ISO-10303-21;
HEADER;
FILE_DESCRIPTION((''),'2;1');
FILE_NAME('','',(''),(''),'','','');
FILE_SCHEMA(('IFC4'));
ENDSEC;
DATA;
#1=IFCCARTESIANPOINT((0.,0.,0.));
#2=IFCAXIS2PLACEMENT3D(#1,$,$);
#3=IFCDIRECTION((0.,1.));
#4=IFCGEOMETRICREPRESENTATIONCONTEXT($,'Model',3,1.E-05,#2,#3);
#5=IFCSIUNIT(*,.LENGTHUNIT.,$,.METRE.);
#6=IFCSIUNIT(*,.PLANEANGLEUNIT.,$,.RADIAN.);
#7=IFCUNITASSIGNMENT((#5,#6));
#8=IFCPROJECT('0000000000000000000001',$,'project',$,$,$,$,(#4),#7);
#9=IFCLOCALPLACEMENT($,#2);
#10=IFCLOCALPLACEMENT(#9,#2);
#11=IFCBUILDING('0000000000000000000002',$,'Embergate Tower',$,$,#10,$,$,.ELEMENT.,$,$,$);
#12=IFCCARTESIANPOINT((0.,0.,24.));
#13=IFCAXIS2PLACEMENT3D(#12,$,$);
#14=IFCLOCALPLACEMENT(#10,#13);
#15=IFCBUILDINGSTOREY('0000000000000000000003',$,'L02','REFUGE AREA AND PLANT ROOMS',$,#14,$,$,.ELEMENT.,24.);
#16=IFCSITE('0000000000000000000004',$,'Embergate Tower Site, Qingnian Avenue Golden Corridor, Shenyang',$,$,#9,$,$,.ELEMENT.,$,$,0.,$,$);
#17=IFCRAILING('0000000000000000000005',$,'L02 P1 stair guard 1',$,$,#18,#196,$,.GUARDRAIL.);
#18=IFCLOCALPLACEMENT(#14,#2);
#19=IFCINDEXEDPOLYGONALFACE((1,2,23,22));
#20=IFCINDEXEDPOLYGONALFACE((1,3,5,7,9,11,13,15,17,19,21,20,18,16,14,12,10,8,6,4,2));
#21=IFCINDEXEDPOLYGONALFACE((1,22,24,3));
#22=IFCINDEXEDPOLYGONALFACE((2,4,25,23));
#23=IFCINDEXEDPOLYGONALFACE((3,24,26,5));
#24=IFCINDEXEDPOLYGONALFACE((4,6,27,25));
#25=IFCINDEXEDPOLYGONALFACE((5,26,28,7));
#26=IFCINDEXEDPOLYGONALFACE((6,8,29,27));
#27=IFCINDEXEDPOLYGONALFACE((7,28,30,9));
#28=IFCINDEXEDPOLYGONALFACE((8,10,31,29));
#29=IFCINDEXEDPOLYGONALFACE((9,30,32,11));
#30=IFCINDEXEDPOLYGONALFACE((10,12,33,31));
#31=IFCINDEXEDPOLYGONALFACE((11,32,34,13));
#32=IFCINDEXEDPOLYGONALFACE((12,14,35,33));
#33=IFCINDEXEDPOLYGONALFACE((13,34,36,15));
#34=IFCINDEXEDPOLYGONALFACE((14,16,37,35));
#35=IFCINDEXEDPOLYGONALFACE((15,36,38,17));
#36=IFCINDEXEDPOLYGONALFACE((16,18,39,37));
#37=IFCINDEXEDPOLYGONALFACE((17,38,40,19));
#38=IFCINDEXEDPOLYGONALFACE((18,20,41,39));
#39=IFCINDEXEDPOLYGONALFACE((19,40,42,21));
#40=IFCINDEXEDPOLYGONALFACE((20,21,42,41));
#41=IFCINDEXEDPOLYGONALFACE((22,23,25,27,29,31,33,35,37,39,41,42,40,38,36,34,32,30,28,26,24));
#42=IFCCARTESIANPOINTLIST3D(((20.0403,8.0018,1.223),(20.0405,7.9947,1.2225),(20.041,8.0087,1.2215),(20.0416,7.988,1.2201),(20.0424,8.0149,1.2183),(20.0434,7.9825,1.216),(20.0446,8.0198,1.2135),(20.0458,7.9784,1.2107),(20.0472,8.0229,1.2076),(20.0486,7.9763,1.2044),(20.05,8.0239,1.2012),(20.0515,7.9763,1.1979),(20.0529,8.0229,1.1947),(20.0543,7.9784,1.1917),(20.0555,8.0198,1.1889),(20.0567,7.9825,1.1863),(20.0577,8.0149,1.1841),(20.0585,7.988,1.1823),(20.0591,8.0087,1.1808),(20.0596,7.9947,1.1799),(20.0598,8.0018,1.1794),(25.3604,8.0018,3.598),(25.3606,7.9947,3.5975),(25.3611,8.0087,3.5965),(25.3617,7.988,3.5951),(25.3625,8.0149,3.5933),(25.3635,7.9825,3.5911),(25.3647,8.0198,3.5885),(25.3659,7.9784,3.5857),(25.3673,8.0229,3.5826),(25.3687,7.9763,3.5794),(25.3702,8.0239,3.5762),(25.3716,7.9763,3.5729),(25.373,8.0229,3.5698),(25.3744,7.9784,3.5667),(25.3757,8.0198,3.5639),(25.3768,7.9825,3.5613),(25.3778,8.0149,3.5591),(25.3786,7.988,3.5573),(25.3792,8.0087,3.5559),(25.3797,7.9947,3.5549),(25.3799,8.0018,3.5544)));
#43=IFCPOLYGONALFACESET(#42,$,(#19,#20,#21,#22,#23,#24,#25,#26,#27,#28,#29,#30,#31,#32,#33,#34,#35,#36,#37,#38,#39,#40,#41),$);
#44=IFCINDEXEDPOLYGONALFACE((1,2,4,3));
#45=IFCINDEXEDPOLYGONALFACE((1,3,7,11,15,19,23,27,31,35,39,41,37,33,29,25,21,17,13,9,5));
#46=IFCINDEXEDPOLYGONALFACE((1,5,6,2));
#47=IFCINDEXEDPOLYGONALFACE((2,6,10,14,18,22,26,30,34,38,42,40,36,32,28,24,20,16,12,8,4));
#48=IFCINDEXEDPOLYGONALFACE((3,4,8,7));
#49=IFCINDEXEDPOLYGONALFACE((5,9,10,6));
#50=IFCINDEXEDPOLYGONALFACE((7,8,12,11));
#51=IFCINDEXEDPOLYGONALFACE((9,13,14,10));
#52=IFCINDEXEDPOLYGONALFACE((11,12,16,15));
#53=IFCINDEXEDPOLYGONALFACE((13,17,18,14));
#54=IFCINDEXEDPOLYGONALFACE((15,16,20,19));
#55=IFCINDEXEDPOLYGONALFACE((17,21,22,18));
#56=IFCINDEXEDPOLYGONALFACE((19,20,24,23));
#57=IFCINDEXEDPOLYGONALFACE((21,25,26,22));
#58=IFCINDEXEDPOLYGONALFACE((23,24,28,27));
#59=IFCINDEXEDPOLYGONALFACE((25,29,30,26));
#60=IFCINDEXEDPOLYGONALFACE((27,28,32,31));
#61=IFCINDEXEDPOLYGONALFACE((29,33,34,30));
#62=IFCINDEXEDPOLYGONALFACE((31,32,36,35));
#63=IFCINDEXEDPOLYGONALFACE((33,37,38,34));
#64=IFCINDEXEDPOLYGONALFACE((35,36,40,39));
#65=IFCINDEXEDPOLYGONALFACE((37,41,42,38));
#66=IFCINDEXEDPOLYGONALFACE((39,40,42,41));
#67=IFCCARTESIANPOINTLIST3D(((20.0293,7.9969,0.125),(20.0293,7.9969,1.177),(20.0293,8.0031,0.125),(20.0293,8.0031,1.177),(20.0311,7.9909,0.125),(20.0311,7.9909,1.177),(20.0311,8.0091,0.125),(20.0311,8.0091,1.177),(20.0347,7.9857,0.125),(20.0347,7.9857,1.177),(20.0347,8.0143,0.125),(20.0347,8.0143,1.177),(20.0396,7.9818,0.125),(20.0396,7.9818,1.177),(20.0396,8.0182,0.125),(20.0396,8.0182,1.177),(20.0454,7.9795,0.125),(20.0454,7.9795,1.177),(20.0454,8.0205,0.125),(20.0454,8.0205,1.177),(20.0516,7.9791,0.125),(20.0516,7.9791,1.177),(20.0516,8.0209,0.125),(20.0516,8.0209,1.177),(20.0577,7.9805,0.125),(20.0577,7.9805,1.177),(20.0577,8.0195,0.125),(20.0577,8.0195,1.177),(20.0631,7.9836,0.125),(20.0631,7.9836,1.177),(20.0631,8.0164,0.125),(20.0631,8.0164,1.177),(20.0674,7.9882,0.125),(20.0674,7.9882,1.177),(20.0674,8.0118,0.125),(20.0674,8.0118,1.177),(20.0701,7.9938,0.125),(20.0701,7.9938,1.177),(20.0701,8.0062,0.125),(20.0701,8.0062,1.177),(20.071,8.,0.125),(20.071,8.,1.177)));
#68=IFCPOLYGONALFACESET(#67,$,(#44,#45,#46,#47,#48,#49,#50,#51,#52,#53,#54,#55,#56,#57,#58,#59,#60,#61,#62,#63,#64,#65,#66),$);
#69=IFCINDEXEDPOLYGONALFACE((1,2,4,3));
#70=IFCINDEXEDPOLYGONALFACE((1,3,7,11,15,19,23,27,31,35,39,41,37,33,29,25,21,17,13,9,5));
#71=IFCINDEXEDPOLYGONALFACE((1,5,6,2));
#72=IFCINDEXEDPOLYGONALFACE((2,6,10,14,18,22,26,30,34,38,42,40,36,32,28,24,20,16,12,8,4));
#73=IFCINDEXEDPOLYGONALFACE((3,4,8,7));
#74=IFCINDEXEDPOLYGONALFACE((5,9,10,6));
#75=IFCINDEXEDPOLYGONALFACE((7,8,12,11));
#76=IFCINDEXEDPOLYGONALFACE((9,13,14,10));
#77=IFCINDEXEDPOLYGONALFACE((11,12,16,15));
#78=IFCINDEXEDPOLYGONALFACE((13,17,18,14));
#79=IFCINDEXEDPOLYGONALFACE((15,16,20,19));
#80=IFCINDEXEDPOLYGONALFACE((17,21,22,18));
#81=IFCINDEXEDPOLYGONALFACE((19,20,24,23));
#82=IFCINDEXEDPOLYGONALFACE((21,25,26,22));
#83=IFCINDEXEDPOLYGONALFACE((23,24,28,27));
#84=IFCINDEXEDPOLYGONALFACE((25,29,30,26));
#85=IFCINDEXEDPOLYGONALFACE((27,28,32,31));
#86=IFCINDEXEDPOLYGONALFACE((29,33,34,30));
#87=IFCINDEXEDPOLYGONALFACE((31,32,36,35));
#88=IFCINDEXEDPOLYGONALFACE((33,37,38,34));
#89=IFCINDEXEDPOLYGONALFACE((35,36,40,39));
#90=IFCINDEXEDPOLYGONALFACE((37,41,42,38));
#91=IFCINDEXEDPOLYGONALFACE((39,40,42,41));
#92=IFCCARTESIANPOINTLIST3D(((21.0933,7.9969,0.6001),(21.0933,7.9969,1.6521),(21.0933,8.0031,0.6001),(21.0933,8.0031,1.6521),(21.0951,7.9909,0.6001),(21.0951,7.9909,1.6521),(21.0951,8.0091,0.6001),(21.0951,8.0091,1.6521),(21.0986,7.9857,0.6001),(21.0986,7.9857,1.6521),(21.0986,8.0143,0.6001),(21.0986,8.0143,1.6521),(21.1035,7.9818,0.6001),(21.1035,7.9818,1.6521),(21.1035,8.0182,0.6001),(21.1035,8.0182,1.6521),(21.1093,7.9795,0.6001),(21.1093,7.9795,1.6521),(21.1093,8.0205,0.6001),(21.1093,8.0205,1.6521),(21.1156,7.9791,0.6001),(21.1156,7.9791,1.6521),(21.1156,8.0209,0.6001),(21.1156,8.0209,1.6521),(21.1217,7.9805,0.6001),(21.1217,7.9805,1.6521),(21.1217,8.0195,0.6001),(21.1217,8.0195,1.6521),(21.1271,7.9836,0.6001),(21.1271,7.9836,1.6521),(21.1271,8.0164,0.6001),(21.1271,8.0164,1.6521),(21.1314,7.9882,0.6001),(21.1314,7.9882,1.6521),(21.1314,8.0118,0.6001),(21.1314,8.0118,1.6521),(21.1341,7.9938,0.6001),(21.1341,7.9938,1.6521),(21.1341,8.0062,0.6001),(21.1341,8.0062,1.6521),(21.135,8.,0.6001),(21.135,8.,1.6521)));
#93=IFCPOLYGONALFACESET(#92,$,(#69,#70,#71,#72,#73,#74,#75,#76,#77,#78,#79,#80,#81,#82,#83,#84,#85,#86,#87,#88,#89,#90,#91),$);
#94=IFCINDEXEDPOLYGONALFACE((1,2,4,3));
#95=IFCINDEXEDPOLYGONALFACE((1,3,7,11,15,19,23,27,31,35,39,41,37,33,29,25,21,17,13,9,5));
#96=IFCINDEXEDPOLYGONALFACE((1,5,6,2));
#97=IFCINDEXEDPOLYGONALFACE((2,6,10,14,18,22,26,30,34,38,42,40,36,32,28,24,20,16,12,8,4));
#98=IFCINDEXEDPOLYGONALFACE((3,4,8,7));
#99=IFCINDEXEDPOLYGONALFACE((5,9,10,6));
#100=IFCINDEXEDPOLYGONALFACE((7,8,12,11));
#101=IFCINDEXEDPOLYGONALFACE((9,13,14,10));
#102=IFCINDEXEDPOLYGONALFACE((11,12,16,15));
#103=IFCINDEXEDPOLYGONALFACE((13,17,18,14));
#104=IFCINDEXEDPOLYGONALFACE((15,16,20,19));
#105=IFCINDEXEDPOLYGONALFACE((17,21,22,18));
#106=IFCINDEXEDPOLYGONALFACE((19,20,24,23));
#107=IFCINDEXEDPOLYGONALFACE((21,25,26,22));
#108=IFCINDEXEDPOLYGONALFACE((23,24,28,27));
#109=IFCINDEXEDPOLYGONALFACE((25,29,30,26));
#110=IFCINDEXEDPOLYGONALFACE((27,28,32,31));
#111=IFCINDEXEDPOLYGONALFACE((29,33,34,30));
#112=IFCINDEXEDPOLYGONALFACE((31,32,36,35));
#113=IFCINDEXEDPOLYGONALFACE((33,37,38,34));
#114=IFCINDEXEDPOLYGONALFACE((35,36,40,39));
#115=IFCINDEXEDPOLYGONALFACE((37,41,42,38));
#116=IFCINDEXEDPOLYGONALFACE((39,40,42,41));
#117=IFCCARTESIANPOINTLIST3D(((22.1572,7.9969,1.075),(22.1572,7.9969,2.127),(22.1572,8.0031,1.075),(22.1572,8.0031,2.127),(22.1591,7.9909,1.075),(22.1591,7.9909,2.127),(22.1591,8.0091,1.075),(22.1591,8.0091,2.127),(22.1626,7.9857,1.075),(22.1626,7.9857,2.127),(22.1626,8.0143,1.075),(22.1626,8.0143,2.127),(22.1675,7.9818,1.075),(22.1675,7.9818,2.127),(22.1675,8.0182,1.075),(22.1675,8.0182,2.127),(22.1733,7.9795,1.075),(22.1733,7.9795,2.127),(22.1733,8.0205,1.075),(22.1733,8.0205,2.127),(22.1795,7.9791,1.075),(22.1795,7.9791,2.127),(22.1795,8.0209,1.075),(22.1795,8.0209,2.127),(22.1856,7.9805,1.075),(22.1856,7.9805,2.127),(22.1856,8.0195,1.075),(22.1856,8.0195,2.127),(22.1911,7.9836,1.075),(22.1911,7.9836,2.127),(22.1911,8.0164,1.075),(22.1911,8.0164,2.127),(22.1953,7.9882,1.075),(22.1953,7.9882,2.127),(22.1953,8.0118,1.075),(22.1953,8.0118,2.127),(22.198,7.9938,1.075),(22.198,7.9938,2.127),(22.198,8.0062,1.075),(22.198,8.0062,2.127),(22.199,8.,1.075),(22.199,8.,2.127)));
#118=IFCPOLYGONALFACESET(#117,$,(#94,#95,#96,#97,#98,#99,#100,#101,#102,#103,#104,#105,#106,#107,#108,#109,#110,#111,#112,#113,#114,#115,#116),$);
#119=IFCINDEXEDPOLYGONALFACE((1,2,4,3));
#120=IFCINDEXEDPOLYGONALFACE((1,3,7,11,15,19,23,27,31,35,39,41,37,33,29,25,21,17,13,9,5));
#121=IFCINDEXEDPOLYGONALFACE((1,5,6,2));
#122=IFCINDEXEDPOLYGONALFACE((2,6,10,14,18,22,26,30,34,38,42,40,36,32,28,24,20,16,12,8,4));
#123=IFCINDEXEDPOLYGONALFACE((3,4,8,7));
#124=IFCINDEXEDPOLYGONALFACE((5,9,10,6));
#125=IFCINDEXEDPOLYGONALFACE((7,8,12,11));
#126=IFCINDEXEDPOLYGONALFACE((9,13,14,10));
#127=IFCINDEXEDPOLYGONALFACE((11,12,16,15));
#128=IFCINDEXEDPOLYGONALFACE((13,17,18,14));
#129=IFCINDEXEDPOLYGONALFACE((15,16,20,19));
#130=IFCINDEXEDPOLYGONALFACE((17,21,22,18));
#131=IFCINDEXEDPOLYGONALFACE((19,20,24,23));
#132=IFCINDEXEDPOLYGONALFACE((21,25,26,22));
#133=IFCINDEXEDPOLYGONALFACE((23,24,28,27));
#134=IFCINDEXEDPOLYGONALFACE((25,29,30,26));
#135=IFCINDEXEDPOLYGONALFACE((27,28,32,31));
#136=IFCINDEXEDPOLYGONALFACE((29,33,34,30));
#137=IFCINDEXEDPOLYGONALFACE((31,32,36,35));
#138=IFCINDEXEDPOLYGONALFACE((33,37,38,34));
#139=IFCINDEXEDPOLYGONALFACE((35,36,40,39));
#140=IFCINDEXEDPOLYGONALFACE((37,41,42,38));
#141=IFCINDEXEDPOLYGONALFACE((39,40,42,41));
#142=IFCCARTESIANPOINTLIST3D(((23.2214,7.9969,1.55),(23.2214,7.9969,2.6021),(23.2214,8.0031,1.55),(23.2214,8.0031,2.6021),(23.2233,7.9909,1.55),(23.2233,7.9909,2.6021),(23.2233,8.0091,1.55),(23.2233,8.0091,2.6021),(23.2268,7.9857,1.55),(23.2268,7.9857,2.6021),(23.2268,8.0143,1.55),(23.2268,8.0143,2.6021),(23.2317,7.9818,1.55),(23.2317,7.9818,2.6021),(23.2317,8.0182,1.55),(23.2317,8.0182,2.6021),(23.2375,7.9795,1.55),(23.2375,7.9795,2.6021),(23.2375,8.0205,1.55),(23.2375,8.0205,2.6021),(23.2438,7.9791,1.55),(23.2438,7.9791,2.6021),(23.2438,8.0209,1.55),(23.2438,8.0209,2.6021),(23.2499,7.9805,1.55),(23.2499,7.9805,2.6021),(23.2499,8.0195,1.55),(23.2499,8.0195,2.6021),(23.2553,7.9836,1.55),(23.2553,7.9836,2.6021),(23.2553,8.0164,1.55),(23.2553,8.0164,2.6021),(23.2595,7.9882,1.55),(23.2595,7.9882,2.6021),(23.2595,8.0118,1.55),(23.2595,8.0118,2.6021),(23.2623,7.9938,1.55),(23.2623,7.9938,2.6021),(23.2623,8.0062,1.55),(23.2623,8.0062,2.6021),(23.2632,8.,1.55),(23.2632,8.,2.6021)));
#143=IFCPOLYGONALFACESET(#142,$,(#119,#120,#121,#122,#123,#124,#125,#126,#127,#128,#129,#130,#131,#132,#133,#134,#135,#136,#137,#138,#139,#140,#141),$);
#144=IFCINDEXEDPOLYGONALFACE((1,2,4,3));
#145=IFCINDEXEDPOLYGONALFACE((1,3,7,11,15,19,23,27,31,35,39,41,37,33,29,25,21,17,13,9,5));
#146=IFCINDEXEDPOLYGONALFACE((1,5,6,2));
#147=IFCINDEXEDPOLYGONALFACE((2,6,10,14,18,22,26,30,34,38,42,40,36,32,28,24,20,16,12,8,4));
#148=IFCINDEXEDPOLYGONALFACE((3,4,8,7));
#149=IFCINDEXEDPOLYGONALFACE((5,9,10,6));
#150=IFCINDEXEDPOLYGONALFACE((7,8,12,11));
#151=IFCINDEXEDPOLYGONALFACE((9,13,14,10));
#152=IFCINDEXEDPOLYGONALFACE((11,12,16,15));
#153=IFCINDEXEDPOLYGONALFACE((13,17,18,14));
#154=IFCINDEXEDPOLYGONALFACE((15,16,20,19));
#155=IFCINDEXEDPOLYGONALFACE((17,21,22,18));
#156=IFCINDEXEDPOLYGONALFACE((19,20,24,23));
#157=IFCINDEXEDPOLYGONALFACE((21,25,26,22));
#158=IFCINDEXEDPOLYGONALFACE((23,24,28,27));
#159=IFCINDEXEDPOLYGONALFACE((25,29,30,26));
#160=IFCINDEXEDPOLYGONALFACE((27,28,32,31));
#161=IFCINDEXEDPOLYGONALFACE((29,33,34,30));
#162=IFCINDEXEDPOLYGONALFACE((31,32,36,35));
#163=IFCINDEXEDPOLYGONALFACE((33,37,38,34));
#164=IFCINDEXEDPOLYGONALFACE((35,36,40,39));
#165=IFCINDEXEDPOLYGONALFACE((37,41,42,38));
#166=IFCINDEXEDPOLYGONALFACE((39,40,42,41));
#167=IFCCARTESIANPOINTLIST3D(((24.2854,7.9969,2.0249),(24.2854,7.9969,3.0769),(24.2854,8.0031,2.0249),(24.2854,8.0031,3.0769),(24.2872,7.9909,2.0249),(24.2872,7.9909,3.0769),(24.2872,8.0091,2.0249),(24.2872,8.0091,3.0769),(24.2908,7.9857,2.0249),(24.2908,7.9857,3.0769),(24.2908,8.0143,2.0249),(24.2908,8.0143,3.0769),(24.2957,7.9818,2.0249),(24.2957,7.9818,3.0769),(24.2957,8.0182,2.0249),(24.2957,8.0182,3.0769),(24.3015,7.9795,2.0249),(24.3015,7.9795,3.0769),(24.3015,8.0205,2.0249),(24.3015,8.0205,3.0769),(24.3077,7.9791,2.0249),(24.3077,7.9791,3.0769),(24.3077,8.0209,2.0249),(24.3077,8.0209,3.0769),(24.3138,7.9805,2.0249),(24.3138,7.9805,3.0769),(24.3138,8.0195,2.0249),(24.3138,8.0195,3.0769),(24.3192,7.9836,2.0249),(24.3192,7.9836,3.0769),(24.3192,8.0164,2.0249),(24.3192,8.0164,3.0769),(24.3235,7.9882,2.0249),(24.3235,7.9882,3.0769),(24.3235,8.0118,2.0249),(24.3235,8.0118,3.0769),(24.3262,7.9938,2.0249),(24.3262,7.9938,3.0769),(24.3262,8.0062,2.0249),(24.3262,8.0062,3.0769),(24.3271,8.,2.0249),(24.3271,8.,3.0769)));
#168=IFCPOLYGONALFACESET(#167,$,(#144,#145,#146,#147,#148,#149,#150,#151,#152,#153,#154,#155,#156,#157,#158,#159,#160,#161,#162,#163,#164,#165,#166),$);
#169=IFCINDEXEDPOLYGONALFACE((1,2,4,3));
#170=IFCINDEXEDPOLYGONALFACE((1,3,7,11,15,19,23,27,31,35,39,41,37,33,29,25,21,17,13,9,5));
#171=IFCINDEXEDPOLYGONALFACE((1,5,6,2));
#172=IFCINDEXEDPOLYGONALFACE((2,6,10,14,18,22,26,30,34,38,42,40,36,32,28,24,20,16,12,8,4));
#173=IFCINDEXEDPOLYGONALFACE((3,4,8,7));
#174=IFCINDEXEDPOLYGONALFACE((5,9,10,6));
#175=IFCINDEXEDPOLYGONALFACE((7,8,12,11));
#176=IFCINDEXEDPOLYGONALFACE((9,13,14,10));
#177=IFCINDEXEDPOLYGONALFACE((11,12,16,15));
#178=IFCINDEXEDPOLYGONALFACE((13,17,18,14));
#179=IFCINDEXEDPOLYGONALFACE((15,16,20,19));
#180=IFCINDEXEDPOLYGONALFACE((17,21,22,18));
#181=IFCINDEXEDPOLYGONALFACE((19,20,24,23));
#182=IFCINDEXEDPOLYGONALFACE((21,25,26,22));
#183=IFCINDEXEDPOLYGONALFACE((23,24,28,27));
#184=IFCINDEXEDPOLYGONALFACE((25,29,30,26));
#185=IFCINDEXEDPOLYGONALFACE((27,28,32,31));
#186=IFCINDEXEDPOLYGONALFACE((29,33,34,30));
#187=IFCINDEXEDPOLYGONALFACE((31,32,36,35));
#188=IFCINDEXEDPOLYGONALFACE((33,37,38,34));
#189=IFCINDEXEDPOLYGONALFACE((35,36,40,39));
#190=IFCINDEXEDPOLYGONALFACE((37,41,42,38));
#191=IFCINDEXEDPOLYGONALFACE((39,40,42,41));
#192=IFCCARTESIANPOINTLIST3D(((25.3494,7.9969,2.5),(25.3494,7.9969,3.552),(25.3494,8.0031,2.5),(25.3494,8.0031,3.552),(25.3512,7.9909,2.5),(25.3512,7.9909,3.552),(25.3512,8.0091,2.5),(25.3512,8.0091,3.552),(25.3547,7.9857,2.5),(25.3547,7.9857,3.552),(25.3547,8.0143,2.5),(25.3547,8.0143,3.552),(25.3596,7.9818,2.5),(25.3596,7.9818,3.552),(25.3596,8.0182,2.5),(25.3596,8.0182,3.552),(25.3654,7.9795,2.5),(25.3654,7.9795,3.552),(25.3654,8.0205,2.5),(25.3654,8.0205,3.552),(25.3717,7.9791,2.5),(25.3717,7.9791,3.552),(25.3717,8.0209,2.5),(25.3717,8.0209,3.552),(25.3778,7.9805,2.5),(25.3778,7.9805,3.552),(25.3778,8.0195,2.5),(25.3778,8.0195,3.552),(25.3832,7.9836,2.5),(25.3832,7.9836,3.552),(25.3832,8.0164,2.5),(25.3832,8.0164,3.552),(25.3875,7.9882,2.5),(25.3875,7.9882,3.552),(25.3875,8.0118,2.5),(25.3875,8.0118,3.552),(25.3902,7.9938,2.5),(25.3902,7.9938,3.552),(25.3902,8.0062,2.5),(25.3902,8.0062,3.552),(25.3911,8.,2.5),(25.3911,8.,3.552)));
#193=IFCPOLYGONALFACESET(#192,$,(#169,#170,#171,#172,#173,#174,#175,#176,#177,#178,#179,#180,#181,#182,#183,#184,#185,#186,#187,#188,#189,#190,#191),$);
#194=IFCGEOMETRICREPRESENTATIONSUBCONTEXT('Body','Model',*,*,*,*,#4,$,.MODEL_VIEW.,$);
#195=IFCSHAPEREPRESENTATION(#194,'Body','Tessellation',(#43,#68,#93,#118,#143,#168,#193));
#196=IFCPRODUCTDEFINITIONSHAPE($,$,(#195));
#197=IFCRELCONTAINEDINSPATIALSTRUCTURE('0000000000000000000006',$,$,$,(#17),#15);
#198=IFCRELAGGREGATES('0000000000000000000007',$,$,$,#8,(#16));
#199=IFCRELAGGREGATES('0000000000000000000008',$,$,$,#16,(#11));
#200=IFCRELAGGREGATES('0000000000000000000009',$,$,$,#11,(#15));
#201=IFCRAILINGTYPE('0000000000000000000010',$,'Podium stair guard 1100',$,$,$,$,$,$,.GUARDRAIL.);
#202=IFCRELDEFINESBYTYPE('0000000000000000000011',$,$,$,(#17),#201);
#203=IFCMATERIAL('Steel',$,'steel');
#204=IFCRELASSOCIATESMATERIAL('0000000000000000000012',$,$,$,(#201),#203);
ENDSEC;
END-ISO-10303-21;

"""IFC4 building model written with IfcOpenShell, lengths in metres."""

from ifc_helpers import new_model, si_unit, direction, frame, origin, origin_2d, place, context, subcontext, project, spatial, circle, extrude, source, transform, mapped, material, type_object, element, save


model = new_model("IFC4")

# Units and contexts
model_context = context("Model", 3, precision=1e-05, world=origin(), true_north=direction((0.0, 1.0)))
body_context = subcontext(model_context, "Body", "Model", "MODEL_VIEW")
ifc_project = project(units=[si_unit("LENGTHUNIT", "METRE"), si_unit("PLANEANGLEUNIT", "RADIAN")], contexts=[model_context])

# Site, building, storey
site_placement = place(None, origin())
site = spatial("IfcSite", under=ifc_project, at=site_placement, Name="Embergate Tower Site, Qingnian Avenue Golden Corridor, Shenyang", CompositionType="ELEMENT", RefElevation=0.0)
building_placement = place(site_placement, origin())
building = spatial("IfcBuilding", under=site, at=building_placement, Name="Embergate Tower", CompositionType="ELEMENT")
storey_placement = place(building_placement, frame((0.0, 0.0, 24.0)))
storey = spatial("IfcBuildingStorey", under=building, at=storey_placement, Name="L02", Description="REFUGE AREA AND PLANT ROOMS", CompositionType="ELEMENT", Elevation=24.0)

# Railing
ifc_material_1 = material(Name="Steel", Category="steel")
railing_type_1 = type_object("IfcRailingType", Name="Podium stair guard 1100", PredefinedType="GUARDRAIL", material=ifc_material_1)
shared_shape_1 = source(origin(), body_context, "Body", "SweptSolid", [
    extrude(circle(Radius=0.0239, at=origin_2d()), frame((0.0, 0.0, 1.0762), z_axis=(0.91314, 0.0, 0.407646), x_axis=(0.0, 1.0, 0.0)), (0.0, 0.0, 1.0), 5.8262),
    extrude(circle(Radius=0.021, at=origin_2d()), origin(), (0.0, 0.0, 1.0), 1.052),
    extrude(circle(Radius=0.021, at=origin_2d()), frame((1.064, 0.0, 0.4751)), (0.0, 0.0, 1.0), 1.052),
    extrude(circle(Radius=0.021, at=origin_2d()), frame((2.1279, 0.0, 0.95)), (0.0, 0.0, 1.0), 1.052),
    extrude(circle(Radius=0.021, at=origin_2d()), frame((3.1921, 0.0, 1.425)), (0.0, 0.0, 1.0), 1.052),
    extrude(circle(Radius=0.021, at=origin_2d()), frame((4.2561, 0.0, 1.8999)), (0.0, 0.0, 1.0), 1.052),
    extrude(circle(Radius=0.021, at=origin_2d()), frame((5.3201, 0.0, 2.375)), (0.0, 0.0, 1.0), 1.052),
])
railing_1_placement = place(storey_placement, frame((20.05, 8.0, 0.125)))
element("IfcRailing", 1, at=railing_1_placement, inside=storey, type_object=railing_type_1, Name="L02 P1 stair guard 1", PredefinedType="GUARDRAIL", context=body_context, shape_type="MappedRepresentation", body=[
    mapped(shared_shape_1, transform((0.0, 0.0, 0.0))),
])

save(model, "model.ifc")
